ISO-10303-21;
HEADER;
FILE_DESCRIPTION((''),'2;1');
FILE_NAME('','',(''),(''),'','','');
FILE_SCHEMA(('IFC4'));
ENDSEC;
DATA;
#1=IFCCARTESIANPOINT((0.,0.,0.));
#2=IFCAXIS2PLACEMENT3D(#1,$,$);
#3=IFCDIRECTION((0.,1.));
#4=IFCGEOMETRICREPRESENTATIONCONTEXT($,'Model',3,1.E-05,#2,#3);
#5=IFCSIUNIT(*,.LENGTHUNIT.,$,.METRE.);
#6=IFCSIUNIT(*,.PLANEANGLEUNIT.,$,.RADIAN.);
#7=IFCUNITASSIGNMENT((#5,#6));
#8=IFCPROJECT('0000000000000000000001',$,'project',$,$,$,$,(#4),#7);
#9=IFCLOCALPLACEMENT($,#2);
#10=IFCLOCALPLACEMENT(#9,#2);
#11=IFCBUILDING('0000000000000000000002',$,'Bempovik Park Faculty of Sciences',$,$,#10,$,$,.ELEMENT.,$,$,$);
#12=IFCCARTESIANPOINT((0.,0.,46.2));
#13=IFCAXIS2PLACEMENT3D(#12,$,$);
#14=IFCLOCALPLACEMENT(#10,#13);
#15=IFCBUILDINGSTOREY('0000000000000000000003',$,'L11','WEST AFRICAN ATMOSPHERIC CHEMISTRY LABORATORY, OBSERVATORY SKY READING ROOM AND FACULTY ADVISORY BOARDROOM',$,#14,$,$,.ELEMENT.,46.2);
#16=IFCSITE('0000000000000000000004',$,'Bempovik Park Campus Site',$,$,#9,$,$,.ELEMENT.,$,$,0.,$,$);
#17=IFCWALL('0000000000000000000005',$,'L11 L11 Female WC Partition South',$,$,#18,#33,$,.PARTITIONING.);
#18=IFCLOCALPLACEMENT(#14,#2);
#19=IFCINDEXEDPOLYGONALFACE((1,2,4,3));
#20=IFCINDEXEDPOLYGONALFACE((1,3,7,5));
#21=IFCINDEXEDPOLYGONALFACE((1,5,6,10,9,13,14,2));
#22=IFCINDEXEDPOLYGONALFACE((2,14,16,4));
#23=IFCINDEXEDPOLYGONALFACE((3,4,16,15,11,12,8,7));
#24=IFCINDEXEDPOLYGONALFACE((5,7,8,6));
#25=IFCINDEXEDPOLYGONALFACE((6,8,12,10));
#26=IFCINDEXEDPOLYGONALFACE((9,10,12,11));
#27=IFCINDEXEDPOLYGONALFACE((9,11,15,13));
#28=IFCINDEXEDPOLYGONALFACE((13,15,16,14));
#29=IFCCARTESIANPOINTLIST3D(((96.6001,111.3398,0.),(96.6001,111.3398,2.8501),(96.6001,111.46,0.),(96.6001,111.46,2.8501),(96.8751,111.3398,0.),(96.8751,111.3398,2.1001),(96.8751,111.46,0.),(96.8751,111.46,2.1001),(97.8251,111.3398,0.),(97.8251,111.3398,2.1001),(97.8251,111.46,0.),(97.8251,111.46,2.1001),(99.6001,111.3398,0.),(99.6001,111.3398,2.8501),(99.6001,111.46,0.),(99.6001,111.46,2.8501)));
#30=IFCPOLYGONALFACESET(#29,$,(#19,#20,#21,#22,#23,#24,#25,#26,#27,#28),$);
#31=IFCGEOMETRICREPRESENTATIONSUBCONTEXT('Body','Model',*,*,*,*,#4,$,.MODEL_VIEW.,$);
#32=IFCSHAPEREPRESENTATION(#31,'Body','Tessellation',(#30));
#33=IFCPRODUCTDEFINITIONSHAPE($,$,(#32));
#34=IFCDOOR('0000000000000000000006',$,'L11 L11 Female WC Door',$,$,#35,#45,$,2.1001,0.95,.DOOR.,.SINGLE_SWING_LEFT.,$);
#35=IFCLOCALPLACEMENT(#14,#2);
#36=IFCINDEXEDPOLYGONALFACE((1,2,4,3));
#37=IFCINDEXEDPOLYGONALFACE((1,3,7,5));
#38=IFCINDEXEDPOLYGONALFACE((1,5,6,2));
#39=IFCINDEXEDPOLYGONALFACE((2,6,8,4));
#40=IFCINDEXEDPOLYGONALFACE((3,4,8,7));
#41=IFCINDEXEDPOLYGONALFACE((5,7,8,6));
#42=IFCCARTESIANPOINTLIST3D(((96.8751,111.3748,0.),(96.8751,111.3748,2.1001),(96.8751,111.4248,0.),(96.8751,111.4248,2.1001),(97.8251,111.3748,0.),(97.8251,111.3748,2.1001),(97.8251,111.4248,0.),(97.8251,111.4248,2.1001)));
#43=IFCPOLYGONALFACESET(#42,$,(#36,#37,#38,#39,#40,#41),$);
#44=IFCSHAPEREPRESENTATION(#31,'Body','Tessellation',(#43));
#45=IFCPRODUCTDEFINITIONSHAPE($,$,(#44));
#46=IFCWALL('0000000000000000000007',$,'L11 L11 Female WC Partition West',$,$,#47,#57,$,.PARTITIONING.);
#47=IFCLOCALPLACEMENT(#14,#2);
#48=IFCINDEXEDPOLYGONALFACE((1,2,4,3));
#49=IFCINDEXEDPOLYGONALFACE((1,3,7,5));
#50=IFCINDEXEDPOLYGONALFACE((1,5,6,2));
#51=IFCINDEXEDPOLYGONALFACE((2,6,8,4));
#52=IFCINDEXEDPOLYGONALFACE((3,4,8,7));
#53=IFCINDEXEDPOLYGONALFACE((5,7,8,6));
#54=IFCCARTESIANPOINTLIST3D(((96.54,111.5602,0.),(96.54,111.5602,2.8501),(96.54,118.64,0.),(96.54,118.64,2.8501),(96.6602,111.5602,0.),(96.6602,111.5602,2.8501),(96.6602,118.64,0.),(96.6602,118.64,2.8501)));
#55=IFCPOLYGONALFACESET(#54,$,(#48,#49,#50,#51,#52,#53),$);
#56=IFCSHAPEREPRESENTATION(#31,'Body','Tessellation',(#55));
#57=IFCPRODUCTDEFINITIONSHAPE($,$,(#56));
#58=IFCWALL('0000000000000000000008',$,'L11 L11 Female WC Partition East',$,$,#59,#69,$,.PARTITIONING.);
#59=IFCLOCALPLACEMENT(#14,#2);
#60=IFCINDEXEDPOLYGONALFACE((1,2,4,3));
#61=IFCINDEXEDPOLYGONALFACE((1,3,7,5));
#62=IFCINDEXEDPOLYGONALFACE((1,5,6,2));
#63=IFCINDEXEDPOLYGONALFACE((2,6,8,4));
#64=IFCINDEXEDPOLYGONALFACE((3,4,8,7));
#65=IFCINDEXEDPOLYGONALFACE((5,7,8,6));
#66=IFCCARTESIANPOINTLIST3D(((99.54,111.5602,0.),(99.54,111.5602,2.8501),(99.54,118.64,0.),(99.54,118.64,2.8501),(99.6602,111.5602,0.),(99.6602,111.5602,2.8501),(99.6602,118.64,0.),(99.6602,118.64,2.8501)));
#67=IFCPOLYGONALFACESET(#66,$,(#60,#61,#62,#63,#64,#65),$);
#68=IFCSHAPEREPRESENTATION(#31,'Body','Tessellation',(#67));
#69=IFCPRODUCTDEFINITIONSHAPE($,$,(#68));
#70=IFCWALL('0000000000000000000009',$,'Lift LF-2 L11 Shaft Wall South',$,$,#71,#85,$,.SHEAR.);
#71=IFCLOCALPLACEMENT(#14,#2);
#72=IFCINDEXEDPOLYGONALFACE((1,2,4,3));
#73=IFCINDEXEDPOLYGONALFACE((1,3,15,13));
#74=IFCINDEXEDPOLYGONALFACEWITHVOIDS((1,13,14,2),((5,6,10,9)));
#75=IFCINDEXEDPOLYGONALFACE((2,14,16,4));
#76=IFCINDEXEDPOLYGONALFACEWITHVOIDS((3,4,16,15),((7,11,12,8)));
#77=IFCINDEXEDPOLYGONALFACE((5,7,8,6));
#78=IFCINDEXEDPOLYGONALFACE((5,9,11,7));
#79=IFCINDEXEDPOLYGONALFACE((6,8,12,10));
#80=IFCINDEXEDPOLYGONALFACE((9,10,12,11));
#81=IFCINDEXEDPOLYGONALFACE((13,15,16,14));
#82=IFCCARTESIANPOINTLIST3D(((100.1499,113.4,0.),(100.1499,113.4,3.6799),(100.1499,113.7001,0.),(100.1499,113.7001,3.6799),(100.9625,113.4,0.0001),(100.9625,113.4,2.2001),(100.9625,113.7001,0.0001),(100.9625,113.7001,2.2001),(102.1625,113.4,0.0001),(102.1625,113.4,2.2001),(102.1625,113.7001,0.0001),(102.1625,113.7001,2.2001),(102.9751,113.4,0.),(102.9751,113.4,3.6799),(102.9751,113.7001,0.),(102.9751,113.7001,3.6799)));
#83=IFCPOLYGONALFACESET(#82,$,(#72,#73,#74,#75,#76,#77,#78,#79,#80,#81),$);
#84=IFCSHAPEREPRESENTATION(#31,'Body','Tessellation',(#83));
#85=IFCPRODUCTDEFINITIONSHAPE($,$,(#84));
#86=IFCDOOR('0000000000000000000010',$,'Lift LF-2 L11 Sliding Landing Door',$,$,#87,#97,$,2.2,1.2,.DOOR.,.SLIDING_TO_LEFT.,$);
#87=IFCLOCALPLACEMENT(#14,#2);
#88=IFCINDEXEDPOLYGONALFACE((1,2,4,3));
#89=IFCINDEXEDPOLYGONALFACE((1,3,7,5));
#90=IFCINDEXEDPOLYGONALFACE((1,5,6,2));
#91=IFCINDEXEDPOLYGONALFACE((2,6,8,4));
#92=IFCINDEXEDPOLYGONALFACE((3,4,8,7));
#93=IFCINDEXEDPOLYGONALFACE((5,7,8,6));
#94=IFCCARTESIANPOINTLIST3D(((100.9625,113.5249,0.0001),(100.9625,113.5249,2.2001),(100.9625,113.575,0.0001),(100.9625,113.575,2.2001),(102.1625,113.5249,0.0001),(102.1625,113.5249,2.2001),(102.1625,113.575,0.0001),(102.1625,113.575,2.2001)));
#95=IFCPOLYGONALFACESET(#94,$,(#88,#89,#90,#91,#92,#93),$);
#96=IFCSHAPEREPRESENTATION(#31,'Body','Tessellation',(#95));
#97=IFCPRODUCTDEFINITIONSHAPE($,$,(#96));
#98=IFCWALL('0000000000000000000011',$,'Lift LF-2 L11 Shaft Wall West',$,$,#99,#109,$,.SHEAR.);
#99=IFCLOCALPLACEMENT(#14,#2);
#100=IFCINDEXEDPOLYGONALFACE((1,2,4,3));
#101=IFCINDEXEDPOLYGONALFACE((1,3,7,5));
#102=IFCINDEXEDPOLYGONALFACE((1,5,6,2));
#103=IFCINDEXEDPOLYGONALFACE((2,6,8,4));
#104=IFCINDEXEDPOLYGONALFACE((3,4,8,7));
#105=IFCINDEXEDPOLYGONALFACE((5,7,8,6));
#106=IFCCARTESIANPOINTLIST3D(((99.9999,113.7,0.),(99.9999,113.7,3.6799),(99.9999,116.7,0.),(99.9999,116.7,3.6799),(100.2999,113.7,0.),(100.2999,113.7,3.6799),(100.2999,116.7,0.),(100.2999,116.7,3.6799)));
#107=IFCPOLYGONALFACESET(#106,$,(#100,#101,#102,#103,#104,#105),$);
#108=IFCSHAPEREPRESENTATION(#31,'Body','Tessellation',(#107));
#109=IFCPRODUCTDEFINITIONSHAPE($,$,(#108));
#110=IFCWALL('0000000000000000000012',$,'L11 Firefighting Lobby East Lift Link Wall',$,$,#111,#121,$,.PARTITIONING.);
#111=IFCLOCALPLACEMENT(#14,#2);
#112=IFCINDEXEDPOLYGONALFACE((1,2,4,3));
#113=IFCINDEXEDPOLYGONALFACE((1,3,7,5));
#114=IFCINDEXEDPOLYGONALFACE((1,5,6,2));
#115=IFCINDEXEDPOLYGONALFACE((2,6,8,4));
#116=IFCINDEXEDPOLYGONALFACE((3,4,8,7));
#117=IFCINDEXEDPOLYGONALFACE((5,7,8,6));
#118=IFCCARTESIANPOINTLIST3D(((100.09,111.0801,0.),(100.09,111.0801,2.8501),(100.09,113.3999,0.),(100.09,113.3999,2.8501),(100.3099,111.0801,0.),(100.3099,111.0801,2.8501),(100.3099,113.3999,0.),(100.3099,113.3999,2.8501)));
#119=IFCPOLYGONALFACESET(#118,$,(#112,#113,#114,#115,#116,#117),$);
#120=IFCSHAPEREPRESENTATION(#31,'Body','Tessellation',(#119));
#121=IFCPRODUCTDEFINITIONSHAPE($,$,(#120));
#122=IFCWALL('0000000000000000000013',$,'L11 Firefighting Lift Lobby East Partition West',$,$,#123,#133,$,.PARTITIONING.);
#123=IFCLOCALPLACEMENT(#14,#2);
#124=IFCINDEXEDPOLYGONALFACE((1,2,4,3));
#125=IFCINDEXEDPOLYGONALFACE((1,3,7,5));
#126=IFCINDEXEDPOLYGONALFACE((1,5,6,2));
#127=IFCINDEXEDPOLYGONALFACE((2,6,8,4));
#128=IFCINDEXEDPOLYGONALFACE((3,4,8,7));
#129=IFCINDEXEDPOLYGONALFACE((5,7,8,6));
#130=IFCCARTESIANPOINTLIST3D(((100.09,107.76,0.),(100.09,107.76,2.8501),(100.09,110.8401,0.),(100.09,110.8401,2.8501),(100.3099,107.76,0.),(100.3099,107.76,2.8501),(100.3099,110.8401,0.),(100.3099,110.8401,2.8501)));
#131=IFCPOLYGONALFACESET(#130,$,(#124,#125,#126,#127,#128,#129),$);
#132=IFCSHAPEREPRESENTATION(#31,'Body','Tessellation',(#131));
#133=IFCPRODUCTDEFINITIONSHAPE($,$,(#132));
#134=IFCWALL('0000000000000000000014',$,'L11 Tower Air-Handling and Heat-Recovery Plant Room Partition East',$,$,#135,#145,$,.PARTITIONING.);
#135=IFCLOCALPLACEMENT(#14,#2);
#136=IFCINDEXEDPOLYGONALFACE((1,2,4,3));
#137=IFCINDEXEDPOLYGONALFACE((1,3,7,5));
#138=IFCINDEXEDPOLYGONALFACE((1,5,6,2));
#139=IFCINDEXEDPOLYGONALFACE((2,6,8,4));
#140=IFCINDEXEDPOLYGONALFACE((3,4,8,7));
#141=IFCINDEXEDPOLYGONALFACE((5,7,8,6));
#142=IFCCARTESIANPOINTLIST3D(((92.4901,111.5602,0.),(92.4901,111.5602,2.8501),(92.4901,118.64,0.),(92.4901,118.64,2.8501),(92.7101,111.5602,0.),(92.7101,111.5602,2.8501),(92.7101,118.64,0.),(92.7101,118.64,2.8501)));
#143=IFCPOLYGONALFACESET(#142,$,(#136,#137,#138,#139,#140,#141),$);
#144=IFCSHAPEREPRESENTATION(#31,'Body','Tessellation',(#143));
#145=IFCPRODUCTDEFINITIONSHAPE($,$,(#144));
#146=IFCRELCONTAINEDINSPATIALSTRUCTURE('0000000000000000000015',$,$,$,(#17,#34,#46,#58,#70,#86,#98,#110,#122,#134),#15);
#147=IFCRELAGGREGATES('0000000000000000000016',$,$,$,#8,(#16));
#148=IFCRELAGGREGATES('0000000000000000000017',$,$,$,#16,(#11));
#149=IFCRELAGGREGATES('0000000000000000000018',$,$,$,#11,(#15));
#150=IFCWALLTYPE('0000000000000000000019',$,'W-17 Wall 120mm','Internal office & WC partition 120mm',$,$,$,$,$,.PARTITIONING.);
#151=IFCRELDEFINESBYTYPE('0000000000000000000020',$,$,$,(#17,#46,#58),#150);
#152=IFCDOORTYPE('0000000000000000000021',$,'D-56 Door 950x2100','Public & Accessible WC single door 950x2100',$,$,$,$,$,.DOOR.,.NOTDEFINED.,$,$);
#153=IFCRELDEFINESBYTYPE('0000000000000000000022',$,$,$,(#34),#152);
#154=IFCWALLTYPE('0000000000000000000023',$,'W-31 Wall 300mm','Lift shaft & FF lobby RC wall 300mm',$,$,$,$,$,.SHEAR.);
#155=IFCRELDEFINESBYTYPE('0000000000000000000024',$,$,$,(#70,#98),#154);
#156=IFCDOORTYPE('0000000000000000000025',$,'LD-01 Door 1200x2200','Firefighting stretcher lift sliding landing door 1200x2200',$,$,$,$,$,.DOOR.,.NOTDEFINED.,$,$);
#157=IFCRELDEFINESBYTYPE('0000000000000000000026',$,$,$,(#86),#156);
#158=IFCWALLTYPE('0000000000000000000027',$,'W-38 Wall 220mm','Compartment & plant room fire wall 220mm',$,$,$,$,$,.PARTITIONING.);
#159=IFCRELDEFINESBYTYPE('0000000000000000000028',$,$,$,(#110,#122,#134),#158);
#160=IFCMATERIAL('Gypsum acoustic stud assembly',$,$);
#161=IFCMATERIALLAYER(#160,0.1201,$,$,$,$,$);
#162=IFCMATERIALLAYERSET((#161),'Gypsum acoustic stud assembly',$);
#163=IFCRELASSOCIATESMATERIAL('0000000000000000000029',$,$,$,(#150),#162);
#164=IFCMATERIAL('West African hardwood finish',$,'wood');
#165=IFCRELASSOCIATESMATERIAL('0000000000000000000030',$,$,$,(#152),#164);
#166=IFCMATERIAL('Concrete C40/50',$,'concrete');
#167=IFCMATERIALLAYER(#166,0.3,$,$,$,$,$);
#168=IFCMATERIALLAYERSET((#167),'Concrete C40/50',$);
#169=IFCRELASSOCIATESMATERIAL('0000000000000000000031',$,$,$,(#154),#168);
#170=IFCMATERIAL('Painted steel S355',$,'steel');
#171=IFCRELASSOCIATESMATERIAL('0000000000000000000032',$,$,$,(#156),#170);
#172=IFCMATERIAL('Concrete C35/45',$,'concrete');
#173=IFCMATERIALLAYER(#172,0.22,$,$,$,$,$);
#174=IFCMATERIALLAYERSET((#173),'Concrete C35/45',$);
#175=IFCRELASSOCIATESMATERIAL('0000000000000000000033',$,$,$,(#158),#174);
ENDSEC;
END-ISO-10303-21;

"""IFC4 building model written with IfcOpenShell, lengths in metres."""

from ifc_helpers import new_model, si_unit, direction, frame, frame_2d, origin, place, context, subcontext, project, spatial, rectangle, extrude, material, layer, layer_set, type_object, element, fill, save


model = new_model("IFC4")

# Units and contexts
model_context = context("Model", 3, precision=1e-05, world=origin(), true_north=direction((0.0, 1.0)))
body_context = subcontext(model_context, "Body", "Model", "MODEL_VIEW")
ifc_project = project(units=[si_unit("LENGTHUNIT", "METRE"), si_unit("PLANEANGLEUNIT", "RADIAN")], contexts=[model_context])

# Site, building, storey
site_placement = place(None, origin())
site = spatial("IfcSite", under=ifc_project, at=site_placement, Name="Bempovik Park Campus Site", CompositionType="ELEMENT", RefElevation=0.0)
building_placement = place(site_placement, origin())
building = spatial("IfcBuilding", under=site, at=building_placement, Name="Bempovik Park Faculty of Sciences", CompositionType="ELEMENT")
storey_placement = place(building_placement, frame((0.0, 0.0, 46.2)))
storey = spatial("IfcBuildingStorey", under=building, at=storey_placement, Name="L11", Description="WEST AFRICAN ATMOSPHERIC CHEMISTRY LABORATORY, OBSERVATORY SKY READING ROOM AND FACULTY ADVISORY BOARDROOM", CompositionType="ELEMENT", Elevation=46.2)

# Shared definitions
ifc_material_1 = material(Name="Concrete C40/50", Category="concrete")

# Shared definitions
ifc_material_2 = material(Name="Concrete C35/45", Category="concrete")

# Shared definitions
ifc_material_3 = material(Name="Gypsum acoustic stud assembly")
ifc_layer_1 = layer(ifc_material_3, 0.1201)
ifc_layer_set_1 = layer_set([ifc_layer_1], Name="Gypsum acoustic stud assembly")
wall_type_1 = type_object("IfcWallType", Name="W-17 Wall 120mm", Description="Internal office & WC partition 120mm", PredefinedType="PARTITIONING", material=ifc_layer_set_1)
ifc_material_4 = material(Name="West African hardwood finish", Category="wood")
door_type_1 = type_object("IfcDoorType", Name="D-56 Door 950x2100", Description="Public & Accessible WC single door 950x2100", OperationType="NOTDEFINED", PredefinedType="DOOR", material=ifc_material_4)

# Wall, opening, door
wall_1_placement = place(storey_placement, frame((96.6001, 111.3999, 0.0), z_axis=(0.0, 0.0, 1.0), x_axis=(1.0, 0.0, 0.0)))
wall_1 = element("IfcWall", 1, at=wall_1_placement, inside=storey, type_object=wall_type_1, Name="L11 L11 Female WC Partition South", PredefinedType="PARTITIONING", context=body_context, shape_type="SweptSolid", body=[
    extrude(rectangle(XDim=3.0, YDim=0.1201, at=frame_2d((1.5, 0.0))), origin(), (0.0, 0.0, 1.0), 2.8501),
])
opening_1_placement = place(wall_1_placement, frame((0.2749, 0.0, 0.0)))
opening_1 = element("IfcOpeningElement", 2, at=opening_1_placement, cuts=wall_1, PredefinedType="OPENING", context=body_context, shape_type="SweptSolid", body=[
    extrude(rectangle(XDim=0.95, YDim=2.1001, at=frame_2d((0.4751, 1.05))), frame((0.0, 0.0701, 0.0), z_axis=(0.0, -1.0, 0.0), x_axis=(1.0, 0.0, 0.0)), (0.0, 0.0, 1.0), 0.1401),
])
door_1_placement = place(opening_1_placement, origin())
door_1 = element("IfcDoor", 3, at=door_1_placement, inside=storey, type_object=door_type_1, Name="L11 L11 Female WC Door", OperationType="SINGLE_SWING_LEFT", OverallHeight=2.1001, OverallWidth=0.95, PredefinedType="DOOR", context=body_context, shape_type="SweptSolid", body=[
    extrude(rectangle(XDim=0.95, YDim=2.1001, at=frame_2d((0.4751, 1.05))), frame((0.0, 0.0249, 0.0), z_axis=(0.0, -1.0, 0.0), x_axis=(1.0, 0.0, 0.0)), (0.0, 0.0, 1.0), 0.05),
])
fill(opening_1, door_1)

# Walls
for number, where, z_axis, x_axis, name in (
    (4, (96.6001, 111.5601, 0.0), (0.0, 0.0, 1.0), (0.0, 1.0, 0.0), "L11 L11 Female WC Partition West"),
    (5, (99.6001, 111.5601, 0.0), (0.0, 0.0, 1.0), (0.0, 1.0, 0.0), "L11 L11 Female WC Partition East"),
):
    element("IfcWall", number, at=place(storey_placement, frame(where, z_axis=z_axis, x_axis=x_axis)), inside=storey, type_object=wall_type_1, Name=name, PredefinedType="PARTITIONING", context=body_context, shape_type="SweptSolid", body=[
        extrude(rectangle(XDim=7.0798, YDim=0.1201, at=frame_2d((3.54, 0.0))), origin(), (0.0, 0.0, 1.0), 2.8501),
    ])

# Wall, opening, door
ifc_layer_2 = layer(ifc_material_1, 0.3)
ifc_layer_set_2 = layer_set([ifc_layer_2], Name="Concrete C40/50")
wall_type_2 = type_object("IfcWallType", Name="W-31 Wall 300mm", Description="Lift shaft & FF lobby RC wall 300mm", PredefinedType="SHEAR", material=ifc_layer_set_2)
wall_2_placement = place(storey_placement, frame((100.1499, 113.55, 0.0), z_axis=(0.0, 0.0, 1.0), x_axis=(1.0, 0.0, 0.0)))
wall_2 = element("IfcWall", 6, at=wall_2_placement, inside=storey, type_object=wall_type_2, Name="Lift LF-2 L11 Shaft Wall South", PredefinedType="SHEAR", context=body_context, shape_type="SweptSolid", body=[
    extrude(rectangle(XDim=2.8252, YDim=0.3, at=frame_2d((1.4126, 0.0))), origin(), (0.0, 0.0, 1.0), 3.6799),
])
opening_2_placement = place(wall_2_placement, frame((0.8125, 0.0, 0.0)))
opening_2 = element("IfcOpeningElement", 7, at=opening_2_placement, cuts=wall_2, PredefinedType="OPENING", context=body_context, shape_type="SweptSolid", body=[
    extrude(rectangle(XDim=1.2, YDim=2.2, at=frame_2d((0.6001, 1.1001))), frame((0.0, 0.1602, 0.0), z_axis=(0.0, -1.0, 0.0), x_axis=(1.0, 0.0, 0.0)), (0.0, 0.0, 1.0), 0.3201),
])
ifc_material_5 = material(Name="Painted steel S355", Category="steel")
door_type_2 = type_object("IfcDoorType", Name="LD-01 Door 1200x2200", Description="Firefighting stretcher lift sliding landing door 1200x2200", OperationType="NOTDEFINED", PredefinedType="DOOR", material=ifc_material_5)
door_2_placement = place(opening_2_placement, origin())
door_2 = element("IfcDoor", 8, at=door_2_placement, inside=storey, type_object=door_type_2, Name="Lift LF-2 L11 Sliding Landing Door", OperationType="SLIDING_TO_LEFT", OverallHeight=2.2, OverallWidth=1.2, PredefinedType="DOOR", context=body_context, shape_type="SweptSolid", body=[
    extrude(rectangle(XDim=1.2, YDim=2.2, at=frame_2d((0.6001, 1.1001))), frame((0.0, 0.0249, 0.0), z_axis=(0.0, -1.0, 0.0), x_axis=(1.0, 0.0, 0.0)), (0.0, 0.0, 1.0), 0.05),
])
fill(opening_2, door_2)

# Walls
wall_3_placement = place(storey_placement, frame((100.1499, 113.7, 0.0), z_axis=(0.0, 0.0, 1.0), x_axis=(0.0, 1.0, 0.0)))
element("IfcWall", 9, at=wall_3_placement, inside=storey, type_object=wall_type_2, Name="Lift LF-2 L11 Shaft Wall West", PredefinedType="SHEAR", context=body_context, shape_type="SweptSolid", body=[
    extrude(rectangle(XDim=3.0, YDim=0.3, at=frame_2d((1.5, 0.0))), origin(), (0.0, 0.0, 1.0), 3.6799),
])
ifc_layer_3 = layer(ifc_material_2, 0.22)
ifc_layer_set_3 = layer_set([ifc_layer_3], Name="Concrete C35/45")
wall_type_3 = type_object("IfcWallType", Name="W-38 Wall 220mm", Description="Compartment & plant room fire wall 220mm", PredefinedType="PARTITIONING", material=ifc_layer_set_3)
wall_4_placement = place(storey_placement, frame((100.2, 111.0801, 0.0), z_axis=(0.0, 0.0, 1.0), x_axis=(0.0, 1.0, 0.0)))
element("IfcWall", 10, at=wall_4_placement, inside=storey, type_object=wall_type_3, Name="L11 Firefighting Lobby East Lift Link Wall", PredefinedType="PARTITIONING", context=body_context, shape_type="SweptSolid", body=[
    extrude(rectangle(XDim=2.3198, YDim=0.22, at=frame_2d((1.1599, 0.0))), origin(), (0.0, 0.0, 1.0), 2.8501),
])
wall_5_placement = place(storey_placement, frame((100.2, 107.76, 0.0), z_axis=(0.0, 0.0, 1.0), x_axis=(0.0, 1.0, 0.0)))
element("IfcWall", 11, at=wall_5_placement, inside=storey, type_object=wall_type_3, Name="L11 Firefighting Lift Lobby East Partition West", PredefinedType="PARTITIONING", context=body_context, shape_type="SweptSolid", body=[
    extrude(rectangle(XDim=3.0801, YDim=0.22, at=frame_2d((1.54, 0.0))), origin(), (0.0, 0.0, 1.0), 2.8501),
])
wall_6_placement = place(storey_placement, frame((92.6001, 111.5601, 0.0), z_axis=(0.0, 0.0, 1.0), x_axis=(0.0, 1.0, 0.0)))
element("IfcWall", 12, at=wall_6_placement, inside=storey, type_object=wall_type_3, Name="L11 Tower Air-Handling and Heat-Recovery Plant Room Partition East", PredefinedType="PARTITIONING", context=body_context, shape_type="SweptSolid", body=[
    extrude(rectangle(XDim=7.0798, YDim=0.22, at=frame_2d((3.54, 0.0))), origin(), (0.0, 0.0, 1.0), 2.8501),
])

save(model, "model.ifc")
